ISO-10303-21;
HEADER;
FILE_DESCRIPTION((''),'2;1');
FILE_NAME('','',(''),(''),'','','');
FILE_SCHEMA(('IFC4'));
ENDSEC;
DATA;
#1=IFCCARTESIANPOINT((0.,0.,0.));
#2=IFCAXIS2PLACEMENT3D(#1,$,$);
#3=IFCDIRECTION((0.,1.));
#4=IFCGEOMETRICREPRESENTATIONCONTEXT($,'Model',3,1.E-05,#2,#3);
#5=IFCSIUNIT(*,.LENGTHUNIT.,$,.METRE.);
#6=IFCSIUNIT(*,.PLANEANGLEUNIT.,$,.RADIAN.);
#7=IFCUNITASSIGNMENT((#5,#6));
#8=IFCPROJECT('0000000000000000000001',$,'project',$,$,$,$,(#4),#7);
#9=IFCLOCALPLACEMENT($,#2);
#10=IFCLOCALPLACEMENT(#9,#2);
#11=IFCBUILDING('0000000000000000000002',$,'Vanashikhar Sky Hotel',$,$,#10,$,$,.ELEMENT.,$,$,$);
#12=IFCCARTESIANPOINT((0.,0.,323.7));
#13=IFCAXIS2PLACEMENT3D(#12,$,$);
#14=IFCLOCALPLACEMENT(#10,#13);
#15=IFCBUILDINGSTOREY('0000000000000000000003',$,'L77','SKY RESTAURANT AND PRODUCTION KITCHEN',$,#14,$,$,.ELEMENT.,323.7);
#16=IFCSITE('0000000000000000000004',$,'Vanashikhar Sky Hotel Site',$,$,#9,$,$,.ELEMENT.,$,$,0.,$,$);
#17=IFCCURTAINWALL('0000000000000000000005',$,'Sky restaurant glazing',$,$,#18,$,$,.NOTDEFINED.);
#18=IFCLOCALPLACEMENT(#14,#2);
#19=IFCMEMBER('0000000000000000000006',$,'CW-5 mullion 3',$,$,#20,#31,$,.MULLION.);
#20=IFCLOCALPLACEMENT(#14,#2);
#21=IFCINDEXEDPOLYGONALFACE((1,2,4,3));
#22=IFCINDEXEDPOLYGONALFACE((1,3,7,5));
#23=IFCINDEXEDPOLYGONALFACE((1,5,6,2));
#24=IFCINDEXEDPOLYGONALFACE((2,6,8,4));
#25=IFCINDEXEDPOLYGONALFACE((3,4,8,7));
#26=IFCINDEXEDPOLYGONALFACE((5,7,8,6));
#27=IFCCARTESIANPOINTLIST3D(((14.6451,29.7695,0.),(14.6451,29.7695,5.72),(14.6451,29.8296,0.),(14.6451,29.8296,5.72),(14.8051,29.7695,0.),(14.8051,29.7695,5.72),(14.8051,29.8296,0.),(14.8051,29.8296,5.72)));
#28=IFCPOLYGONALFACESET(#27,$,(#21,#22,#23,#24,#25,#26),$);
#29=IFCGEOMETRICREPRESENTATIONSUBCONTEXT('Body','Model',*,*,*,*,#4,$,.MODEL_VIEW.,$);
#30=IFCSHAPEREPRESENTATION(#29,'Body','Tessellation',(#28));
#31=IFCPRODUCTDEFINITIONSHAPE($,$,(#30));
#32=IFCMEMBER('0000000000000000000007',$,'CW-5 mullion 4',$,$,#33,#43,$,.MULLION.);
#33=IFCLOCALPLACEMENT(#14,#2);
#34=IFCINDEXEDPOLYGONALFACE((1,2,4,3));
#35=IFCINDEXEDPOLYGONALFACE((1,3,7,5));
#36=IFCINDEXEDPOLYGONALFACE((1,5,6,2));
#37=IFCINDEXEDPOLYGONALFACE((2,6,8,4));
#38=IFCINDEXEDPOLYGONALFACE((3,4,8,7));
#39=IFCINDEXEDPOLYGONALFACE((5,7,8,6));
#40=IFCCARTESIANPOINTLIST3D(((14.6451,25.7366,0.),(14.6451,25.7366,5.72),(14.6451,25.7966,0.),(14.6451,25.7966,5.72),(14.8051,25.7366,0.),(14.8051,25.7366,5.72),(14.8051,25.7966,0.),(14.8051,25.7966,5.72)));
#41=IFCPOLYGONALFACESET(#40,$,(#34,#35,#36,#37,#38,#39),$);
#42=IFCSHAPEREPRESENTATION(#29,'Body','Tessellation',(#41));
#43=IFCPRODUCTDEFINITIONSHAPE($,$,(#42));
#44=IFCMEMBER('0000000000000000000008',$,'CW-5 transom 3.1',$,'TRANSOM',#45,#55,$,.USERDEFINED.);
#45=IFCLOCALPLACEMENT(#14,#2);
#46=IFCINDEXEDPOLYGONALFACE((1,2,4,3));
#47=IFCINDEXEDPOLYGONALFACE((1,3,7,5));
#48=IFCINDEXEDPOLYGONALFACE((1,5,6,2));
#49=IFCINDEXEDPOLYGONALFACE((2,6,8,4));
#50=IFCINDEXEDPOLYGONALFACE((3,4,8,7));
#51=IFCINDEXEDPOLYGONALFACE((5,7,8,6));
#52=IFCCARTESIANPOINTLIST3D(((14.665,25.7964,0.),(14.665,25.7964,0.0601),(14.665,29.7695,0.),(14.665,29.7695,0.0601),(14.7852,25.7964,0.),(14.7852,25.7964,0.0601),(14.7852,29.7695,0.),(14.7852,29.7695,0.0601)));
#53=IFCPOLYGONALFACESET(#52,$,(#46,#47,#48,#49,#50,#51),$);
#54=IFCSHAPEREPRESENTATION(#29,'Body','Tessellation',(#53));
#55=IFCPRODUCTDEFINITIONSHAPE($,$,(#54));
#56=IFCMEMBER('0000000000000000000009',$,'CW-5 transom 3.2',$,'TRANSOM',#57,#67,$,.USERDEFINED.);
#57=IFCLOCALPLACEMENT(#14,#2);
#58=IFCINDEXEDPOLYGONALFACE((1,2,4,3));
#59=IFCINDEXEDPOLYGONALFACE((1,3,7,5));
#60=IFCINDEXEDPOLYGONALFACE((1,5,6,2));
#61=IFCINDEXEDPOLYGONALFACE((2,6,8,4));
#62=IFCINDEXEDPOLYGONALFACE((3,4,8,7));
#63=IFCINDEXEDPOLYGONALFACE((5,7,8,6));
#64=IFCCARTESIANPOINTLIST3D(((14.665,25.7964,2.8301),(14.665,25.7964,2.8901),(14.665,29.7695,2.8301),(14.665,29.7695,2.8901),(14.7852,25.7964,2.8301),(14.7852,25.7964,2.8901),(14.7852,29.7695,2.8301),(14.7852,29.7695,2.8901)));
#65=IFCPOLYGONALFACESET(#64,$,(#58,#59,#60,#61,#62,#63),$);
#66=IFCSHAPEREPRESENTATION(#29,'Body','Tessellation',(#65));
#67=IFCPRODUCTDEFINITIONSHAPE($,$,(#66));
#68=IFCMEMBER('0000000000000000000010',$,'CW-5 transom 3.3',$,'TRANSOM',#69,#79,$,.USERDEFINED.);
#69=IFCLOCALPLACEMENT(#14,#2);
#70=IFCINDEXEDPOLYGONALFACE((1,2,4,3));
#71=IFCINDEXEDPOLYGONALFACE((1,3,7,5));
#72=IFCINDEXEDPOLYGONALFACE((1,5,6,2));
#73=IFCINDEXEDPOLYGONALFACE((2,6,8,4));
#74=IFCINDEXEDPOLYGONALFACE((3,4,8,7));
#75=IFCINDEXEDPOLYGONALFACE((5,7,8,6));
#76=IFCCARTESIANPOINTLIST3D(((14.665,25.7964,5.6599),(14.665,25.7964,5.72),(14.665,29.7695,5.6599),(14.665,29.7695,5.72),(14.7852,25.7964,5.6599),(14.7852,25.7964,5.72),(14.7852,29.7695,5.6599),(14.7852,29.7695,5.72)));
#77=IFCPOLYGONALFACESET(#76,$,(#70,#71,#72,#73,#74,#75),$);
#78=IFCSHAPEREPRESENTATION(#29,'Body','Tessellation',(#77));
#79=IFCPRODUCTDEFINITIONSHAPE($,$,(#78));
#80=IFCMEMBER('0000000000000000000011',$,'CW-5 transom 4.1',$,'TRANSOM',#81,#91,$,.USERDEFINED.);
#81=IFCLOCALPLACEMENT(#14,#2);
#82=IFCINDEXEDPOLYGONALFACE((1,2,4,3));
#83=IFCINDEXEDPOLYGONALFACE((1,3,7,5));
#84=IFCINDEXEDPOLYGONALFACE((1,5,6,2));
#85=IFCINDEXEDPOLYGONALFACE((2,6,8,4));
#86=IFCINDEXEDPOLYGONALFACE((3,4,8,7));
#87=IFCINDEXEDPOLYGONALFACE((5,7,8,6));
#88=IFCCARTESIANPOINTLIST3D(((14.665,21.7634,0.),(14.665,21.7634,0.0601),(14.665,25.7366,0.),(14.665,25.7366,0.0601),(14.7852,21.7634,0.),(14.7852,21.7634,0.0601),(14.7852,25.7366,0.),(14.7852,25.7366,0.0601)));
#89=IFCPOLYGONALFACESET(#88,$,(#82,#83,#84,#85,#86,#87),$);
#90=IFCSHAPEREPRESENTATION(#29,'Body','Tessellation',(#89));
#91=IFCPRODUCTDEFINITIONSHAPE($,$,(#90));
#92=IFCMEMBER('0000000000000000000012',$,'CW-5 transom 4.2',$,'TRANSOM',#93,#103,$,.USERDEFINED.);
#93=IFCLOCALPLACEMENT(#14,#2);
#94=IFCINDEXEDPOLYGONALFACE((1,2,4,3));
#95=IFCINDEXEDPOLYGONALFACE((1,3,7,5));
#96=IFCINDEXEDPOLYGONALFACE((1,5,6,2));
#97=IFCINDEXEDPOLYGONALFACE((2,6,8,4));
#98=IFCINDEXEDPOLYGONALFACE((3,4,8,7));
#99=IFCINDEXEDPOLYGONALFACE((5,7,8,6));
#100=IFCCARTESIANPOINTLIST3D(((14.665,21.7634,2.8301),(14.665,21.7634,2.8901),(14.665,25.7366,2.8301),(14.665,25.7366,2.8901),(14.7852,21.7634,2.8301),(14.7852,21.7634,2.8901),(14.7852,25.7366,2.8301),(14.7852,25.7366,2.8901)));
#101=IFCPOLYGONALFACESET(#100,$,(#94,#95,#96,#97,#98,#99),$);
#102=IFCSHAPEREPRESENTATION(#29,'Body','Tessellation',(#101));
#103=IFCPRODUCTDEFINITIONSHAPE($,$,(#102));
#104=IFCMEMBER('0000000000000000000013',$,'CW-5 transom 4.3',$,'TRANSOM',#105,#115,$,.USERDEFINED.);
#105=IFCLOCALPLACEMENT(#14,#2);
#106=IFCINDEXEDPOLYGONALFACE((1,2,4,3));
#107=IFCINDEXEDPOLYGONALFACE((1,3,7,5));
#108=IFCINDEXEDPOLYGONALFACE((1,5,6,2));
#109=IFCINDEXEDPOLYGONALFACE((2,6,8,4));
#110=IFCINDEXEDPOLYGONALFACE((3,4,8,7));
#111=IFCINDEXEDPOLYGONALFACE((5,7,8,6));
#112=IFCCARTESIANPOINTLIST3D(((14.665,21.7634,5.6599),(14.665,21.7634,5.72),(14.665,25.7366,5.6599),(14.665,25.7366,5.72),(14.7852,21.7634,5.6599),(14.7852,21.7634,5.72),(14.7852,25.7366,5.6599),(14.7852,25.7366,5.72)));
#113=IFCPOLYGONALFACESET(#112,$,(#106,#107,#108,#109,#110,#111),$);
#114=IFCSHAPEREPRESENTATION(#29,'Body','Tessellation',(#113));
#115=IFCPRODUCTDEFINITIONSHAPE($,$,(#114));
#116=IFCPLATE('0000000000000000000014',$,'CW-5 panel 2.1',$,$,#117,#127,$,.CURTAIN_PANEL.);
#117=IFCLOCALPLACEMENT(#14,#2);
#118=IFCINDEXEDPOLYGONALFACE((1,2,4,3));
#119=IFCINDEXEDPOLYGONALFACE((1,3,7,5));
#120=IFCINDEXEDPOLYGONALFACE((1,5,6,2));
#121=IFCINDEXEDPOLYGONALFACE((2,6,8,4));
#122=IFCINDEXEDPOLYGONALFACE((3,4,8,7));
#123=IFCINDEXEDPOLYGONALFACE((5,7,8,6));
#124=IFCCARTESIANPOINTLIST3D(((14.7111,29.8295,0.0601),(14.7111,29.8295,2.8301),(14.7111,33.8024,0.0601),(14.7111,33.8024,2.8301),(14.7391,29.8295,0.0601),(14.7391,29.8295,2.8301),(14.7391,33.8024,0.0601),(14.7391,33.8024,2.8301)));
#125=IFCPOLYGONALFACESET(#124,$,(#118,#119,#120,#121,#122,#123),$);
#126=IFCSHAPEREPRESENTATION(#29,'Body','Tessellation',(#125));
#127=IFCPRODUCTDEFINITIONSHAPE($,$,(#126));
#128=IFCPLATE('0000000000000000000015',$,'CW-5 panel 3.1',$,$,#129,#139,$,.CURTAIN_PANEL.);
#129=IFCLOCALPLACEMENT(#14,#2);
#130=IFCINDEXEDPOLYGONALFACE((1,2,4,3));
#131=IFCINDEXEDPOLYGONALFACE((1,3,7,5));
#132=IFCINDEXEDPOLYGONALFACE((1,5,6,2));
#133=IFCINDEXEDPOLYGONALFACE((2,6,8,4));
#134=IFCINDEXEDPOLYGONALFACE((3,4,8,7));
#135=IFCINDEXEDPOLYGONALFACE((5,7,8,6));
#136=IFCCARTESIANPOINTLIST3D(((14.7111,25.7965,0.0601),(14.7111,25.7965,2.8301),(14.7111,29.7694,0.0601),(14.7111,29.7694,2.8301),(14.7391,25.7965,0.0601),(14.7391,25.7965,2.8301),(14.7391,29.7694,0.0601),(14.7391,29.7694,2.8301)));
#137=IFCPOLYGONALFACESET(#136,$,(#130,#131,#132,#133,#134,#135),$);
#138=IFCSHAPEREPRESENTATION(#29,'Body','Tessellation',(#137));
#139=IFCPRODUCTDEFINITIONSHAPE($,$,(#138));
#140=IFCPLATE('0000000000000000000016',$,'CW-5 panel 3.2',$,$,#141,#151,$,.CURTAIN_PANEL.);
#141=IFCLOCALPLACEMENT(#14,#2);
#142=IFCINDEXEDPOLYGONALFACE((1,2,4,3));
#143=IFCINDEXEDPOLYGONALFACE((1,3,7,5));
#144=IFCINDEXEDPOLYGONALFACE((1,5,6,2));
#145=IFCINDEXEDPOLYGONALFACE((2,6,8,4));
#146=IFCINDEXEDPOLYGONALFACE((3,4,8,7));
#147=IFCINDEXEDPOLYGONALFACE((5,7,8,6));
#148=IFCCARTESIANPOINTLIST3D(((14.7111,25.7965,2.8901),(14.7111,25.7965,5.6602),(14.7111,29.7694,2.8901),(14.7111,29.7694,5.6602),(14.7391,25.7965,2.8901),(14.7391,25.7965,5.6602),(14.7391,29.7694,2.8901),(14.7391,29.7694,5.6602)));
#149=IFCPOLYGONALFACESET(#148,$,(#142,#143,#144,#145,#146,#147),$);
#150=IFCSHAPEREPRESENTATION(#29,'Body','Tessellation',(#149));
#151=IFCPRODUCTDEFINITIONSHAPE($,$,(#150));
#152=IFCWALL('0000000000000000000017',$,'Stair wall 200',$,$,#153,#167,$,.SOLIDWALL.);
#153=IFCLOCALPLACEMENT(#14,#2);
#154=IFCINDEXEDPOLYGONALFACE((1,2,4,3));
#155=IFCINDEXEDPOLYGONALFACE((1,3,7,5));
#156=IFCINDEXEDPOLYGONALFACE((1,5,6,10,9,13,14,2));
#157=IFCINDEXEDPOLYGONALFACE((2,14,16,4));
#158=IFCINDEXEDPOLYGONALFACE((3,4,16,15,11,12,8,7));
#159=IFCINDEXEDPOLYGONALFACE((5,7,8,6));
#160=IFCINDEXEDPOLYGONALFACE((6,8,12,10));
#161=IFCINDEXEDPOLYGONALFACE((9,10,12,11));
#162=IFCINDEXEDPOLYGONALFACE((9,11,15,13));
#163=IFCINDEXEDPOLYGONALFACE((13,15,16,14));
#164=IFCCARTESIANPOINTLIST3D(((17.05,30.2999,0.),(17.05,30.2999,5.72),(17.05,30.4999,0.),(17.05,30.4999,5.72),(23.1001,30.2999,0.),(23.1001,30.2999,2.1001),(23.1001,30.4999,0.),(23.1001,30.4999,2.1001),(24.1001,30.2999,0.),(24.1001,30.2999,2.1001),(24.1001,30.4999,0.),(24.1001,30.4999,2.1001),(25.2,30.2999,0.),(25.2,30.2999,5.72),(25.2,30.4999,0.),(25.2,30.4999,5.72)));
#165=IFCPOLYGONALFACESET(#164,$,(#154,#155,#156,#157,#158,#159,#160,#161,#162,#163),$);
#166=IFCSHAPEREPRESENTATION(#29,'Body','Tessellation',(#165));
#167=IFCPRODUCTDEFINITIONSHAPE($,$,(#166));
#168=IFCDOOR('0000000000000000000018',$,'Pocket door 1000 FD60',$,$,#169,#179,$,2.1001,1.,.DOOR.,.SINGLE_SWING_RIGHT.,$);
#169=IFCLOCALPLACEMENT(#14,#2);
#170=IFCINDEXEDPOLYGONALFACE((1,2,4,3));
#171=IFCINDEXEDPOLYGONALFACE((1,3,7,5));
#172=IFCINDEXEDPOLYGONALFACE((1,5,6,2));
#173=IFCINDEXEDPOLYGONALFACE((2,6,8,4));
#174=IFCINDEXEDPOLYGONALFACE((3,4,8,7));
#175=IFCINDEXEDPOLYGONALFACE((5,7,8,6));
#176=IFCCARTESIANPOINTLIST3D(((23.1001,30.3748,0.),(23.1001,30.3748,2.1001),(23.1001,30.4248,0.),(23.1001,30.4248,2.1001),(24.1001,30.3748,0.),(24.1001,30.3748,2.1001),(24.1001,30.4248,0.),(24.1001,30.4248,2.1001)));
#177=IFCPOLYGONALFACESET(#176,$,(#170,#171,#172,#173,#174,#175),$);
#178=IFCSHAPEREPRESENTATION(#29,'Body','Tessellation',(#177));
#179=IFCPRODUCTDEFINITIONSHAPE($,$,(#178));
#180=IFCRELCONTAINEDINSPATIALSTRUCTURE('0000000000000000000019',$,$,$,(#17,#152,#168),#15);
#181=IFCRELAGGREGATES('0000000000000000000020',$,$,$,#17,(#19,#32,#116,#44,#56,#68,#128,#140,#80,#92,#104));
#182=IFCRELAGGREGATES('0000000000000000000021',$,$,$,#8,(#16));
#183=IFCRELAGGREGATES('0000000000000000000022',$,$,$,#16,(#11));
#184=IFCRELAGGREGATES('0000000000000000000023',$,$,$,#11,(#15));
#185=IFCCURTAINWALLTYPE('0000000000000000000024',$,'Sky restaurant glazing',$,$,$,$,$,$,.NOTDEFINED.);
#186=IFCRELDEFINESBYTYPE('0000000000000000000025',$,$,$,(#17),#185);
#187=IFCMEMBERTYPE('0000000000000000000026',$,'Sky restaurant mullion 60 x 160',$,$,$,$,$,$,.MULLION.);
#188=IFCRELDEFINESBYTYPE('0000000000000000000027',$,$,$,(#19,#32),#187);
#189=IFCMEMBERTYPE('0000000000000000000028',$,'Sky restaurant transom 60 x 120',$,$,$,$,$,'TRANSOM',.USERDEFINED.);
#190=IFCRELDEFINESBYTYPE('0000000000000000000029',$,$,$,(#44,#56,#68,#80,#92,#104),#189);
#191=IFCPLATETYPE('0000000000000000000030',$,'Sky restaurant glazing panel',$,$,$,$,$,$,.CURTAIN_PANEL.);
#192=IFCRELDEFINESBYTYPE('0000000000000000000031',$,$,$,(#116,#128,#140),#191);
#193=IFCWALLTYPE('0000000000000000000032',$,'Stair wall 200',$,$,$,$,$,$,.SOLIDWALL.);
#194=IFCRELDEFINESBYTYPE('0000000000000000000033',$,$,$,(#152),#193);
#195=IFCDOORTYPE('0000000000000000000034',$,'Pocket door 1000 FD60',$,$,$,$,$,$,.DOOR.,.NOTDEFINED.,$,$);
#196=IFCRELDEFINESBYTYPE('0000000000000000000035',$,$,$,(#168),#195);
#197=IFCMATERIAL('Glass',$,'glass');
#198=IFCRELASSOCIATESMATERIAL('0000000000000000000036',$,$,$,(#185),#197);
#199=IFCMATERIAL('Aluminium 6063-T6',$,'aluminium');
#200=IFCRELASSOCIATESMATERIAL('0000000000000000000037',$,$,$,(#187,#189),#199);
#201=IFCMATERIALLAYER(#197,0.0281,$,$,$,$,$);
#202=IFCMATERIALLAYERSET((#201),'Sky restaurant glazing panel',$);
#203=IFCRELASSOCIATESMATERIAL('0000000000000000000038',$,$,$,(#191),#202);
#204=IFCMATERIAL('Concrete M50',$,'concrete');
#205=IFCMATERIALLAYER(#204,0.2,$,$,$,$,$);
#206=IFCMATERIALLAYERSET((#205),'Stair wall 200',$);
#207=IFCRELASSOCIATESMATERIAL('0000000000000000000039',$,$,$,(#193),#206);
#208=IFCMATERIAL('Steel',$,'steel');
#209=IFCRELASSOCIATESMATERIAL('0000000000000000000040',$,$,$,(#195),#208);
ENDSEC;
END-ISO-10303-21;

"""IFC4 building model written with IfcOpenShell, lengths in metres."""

from ifc_helpers import new_model, si_unit, direction, frame, frame_2d, origin, origin_2d, place, context, subcontext, project, spatial, rectangle, extrude, source, transform, mapped, material, layer, layer_set, material_profile, profile_set, type_object, element, fill, aggregate, save


model = new_model("IFC4")

# Units and contexts
model_context = context("Model", 3, precision=1e-05, world=origin(), true_north=direction((0.0, 1.0)))
body_context = subcontext(model_context, "Body", "Model", "MODEL_VIEW")
ifc_project = project(units=[si_unit("LENGTHUNIT", "METRE"), si_unit("PLANEANGLEUNIT", "RADIAN")], contexts=[model_context])

# Site, building, storey
site_placement = place(None, origin())
site = spatial("IfcSite", under=ifc_project, at=site_placement, Name="Vanashikhar Sky Hotel Site", CompositionType="ELEMENT", RefElevation=0.0)
building_placement = place(site_placement, origin())
building = spatial("IfcBuilding", under=site, at=building_placement, Name="Vanashikhar Sky Hotel", CompositionType="ELEMENT")
storey_placement = place(building_placement, frame((0.0, 0.0, 323.7)))
storey = spatial("IfcBuildingStorey", under=building, at=storey_placement, Name="L77", Description="SKY RESTAURANT AND PRODUCTION KITCHEN", CompositionType="ELEMENT", Elevation=323.7)

# Curtain wall, members, plates
ifc_material_1 = material(Name="Glass", Category="glass")
curtain_wall_type = type_object("IfcCurtainWallType", Name="Sky restaurant glazing", PredefinedType="NOTDEFINED", material=ifc_material_1)
curtain_wall_placement = place(storey_placement, origin())
curtain_wall = element("IfcCurtainWall", 1, at=curtain_wall_placement, inside=storey, type_object=curtain_wall_type, Name="Sky restaurant glazing", PredefinedType="NOTDEFINED")
ifc_material_2 = material(Name="Aluminium 6063-T6", Category="aluminium")
ifc_material_profile_1 = material_profile(ifc_material_2, rectangle(XDim=0.1599, YDim=0.0601, at=origin_2d()))
ifc_profile_set_1 = profile_set([ifc_material_profile_1], Name="Aluminium 6063-T6")
member_type_1 = type_object("IfcMemberType", Name="Sky restaurant mullion 60 x 160", PredefinedType="MULLION", material=ifc_profile_set_1)
shared_shape_1 = source(origin(), body_context, "Body", "SweptSolid", [
    extrude(rectangle(XDim=0.1599, YDim=0.0601, at=origin_2d()), origin(), (0.0, 0.0, 1.0), 5.72),
])
member_1_placement = place(storey_placement, frame((14.7251, 29.7996, 0.0), z_axis=(0.0, 0.0, 1.0), x_axis=(1.0, 0.0, 0.0)))
member_1 = element("IfcMember", 2, at=member_1_placement, type_object=member_type_1, Name="CW-5 mullion 3", PredefinedType="MULLION", context=body_context, shape_type="MappedRepresentation", body=[
    mapped(shared_shape_1, transform((0.0, 0.0, 0.0), scale=1.0)),
])
member_2_placement = place(storey_placement, frame((14.7251, 25.7666, 0.0), z_axis=(0.0, 0.0, 1.0), x_axis=(1.0, 0.0, 0.0)))
member_2 = element("IfcMember", 3, at=member_2_placement, type_object=member_type_1, Name="CW-5 mullion 4", PredefinedType="MULLION", context=body_context, shape_type="MappedRepresentation", body=[
    mapped(shared_shape_1, transform((0.0, 0.0, 0.0), scale=1.0)),
])
ifc_material_profile_2 = material_profile(ifc_material_2, rectangle(XDim=0.1201, YDim=0.0601, at=origin_2d()))
ifc_profile_set_2 = profile_set([ifc_material_profile_2], Name="Aluminium 6063-T6")
member_type_2 = type_object("IfcMemberType", Name="Sky restaurant transom 60 x 120", ElementType="TRANSOM", PredefinedType="USERDEFINED", material=ifc_profile_set_2)
shared_shape_2 = source(origin(), body_context, "Body", "SweptSolid", [
    extrude(rectangle(XDim=0.1201, YDim=0.0601, at=origin_2d()), origin(), (0.0, 0.0, 1.0), 3.9731),
])
member_3_placement = place(storey_placement, frame((14.7251, 29.7695, 0.03), z_axis=(0.0, -1.0, 0.0), x_axis=(1.0, 0.0, 0.0)))
member_3 = element("IfcMember", 4, at=member_3_placement, type_object=member_type_2, Name="CW-5 transom 3.1", ObjectType="TRANSOM", PredefinedType="USERDEFINED", context=body_context, shape_type="MappedRepresentation", body=[
    mapped(shared_shape_2, transform((0.0, 0.0, 0.0), scale=1.0)),
])
member_4_placement = place(storey_placement, frame((14.7251, 29.7695, 2.8601), z_axis=(0.0, -1.0, 0.0), x_axis=(1.0, 0.0, 0.0)))
member_4 = element("IfcMember", 5, at=member_4_placement, type_object=member_type_2, Name="CW-5 transom 3.2", ObjectType="TRANSOM", PredefinedType="USERDEFINED", context=body_context, shape_type="MappedRepresentation", body=[
    mapped(shared_shape_2, transform((0.0, 0.0, 0.0), scale=1.0)),
])
member_5_placement = place(storey_placement, frame((14.7251, 29.7695, 5.6899), z_axis=(0.0, -1.0, 0.0), x_axis=(1.0, 0.0, 0.0)))
member_5 = element("IfcMember", 6, at=member_5_placement, type_object=member_type_2, Name="CW-5 transom 3.3", ObjectType="TRANSOM", PredefinedType="USERDEFINED", context=body_context, shape_type="MappedRepresentation", body=[
    mapped(shared_shape_2, transform((0.0, 0.0, 0.0), scale=1.0)),
])
member_6_placement = place(storey_placement, frame((14.7251, 25.7366, 0.03), z_axis=(0.0, -1.0, 0.0), x_axis=(1.0, 0.0, 0.0)))
member_6 = element("IfcMember", 7, at=member_6_placement, type_object=member_type_2, Name="CW-5 transom 4.1", ObjectType="TRANSOM", PredefinedType="USERDEFINED", context=body_context, shape_type="MappedRepresentation", body=[
    mapped(shared_shape_2, transform((0.0, 0.0, 0.0), scale=1.0)),
])
member_7_placement = place(storey_placement, frame((14.7251, 25.7366, 2.8601), z_axis=(0.0, -1.0, 0.0), x_axis=(1.0, 0.0, 0.0)))
member_7 = element("IfcMember", 8, at=member_7_placement, type_object=member_type_2, Name="CW-5 transom 4.2", ObjectType="TRANSOM", PredefinedType="USERDEFINED", context=body_context, shape_type="MappedRepresentation", body=[
    mapped(shared_shape_2, transform((0.0, 0.0, 0.0), scale=1.0)),
])
member_8_placement = place(storey_placement, frame((14.7251, 25.7366, 5.6899), z_axis=(0.0, -1.0, 0.0), x_axis=(1.0, 0.0, 0.0)))
member_8 = element("IfcMember", 9, at=member_8_placement, type_object=member_type_2, Name="CW-5 transom 4.3", ObjectType="TRANSOM", PredefinedType="USERDEFINED", context=body_context, shape_type="MappedRepresentation", body=[
    mapped(shared_shape_2, transform((0.0, 0.0, 0.0), scale=1.0)),
])
ifc_layer_1 = layer(ifc_material_1, 0.0281)
ifc_layer_set_1 = layer_set([ifc_layer_1], Name="Sky restaurant glazing panel")
plate_type = type_object("IfcPlateType", Name="Sky restaurant glazing panel", PredefinedType="CURTAIN_PANEL", material=ifc_layer_set_1)
shared_shape_3 = source(origin(), body_context, "Body", "SweptSolid", [
    extrude(rectangle(XDim=3.9729, YDim=0.0281, at=origin_2d()), origin(), (0.0, 0.0, 1.0), 2.77),
])
plate_1_placement = place(storey_placement, frame((14.7251, 31.8159, 0.0601), z_axis=(0.0, 0.0, 1.0), x_axis=(0.0, -1.0, 0.0)))
plate_1 = element("IfcPlate", 10, at=plate_1_placement, type_object=plate_type, Name="CW-5 panel 2.1", PredefinedType="CURTAIN_PANEL", context=body_context, shape_type="MappedRepresentation", body=[
    mapped(shared_shape_3, transform((0.0, 0.0, 0.0), scale=1.0)),
])
plate_2_placement = place(storey_placement, frame((14.7251, 27.783, 0.0601), z_axis=(0.0, 0.0, 1.0), x_axis=(0.0, -1.0, 0.0)))
plate_2 = element("IfcPlate", 11, at=plate_2_placement, type_object=plate_type, Name="CW-5 panel 3.1", PredefinedType="CURTAIN_PANEL", context=body_context, shape_type="MappedRepresentation", body=[
    mapped(shared_shape_3, transform((0.0, 0.0, 0.0), scale=1.0)),
])
plate_3_placement = place(storey_placement, frame((14.7251, 27.783, 2.8901), z_axis=(0.0, 0.0, 1.0), x_axis=(0.0, -1.0, 0.0)))
plate_3 = element("IfcPlate", 12, at=plate_3_placement, type_object=plate_type, Name="CW-5 panel 3.2", PredefinedType="CURTAIN_PANEL", context=body_context, shape_type="MappedRepresentation", body=[
    mapped(shared_shape_3, transform((0.0, 0.0, 0.0), scale=1.0)),
])
aggregate(curtain_wall, [member_1, member_2, plate_1, member_3, member_4, member_5, plate_2, plate_3, member_6, member_7, member_8])

# Wall, opening, door
ifc_material_3 = material(Name="Concrete M50", Category="concrete")
ifc_layer_2 = layer(ifc_material_3, 0.2)
ifc_layer_set_2 = layer_set([ifc_layer_2], Name="Stair wall 200")
wall_type = type_object("IfcWallType", Name="Stair wall 200", PredefinedType="SOLIDWALL", material=ifc_layer_set_2)
shared_shape_4 = source(origin(), body_context, "Body", "SweptSolid", [
    extrude(rectangle(XDim=8.1499, YDim=0.2, at=frame_2d((4.075, 0.0))), origin(), (0.0, 0.0, 1.0), 5.72),
])
wall_placement = place(storey_placement, frame((17.05, 30.3999, 0.0), z_axis=(0.0, 0.0, 1.0), x_axis=(1.0, 0.0, 0.0)))
wall = element("IfcWall", 13, at=wall_placement, inside=storey, type_object=wall_type, Name="Stair wall 200", PredefinedType="SOLIDWALL", context=body_context, shape_type="MappedRepresentation", body=[
    mapped(shared_shape_4, transform((0.0, 0.0, 0.0), scale=1.0)),
])
shared_shape_5 = source(origin(), body_context, "Body", "SweptSolid", [
    extrude(rectangle(XDim=1.0, YDim=2.1001, at=frame_2d((0.5, 1.05))), frame((0.0, 0.1099, 0.0), z_axis=(0.0, -1.0, 0.0), x_axis=(1.0, 0.0, 0.0)), (0.0, 0.0, 1.0), 0.22),
])
opening_placement = place(wall_placement, frame((6.05, 0.0, 0.0)))
opening = element("IfcOpeningElement", 14, at=opening_placement, cuts=wall, PredefinedType="OPENING", context=body_context, shape_type="MappedRepresentation", body=[
    mapped(shared_shape_5, transform((0.0, 0.0, 0.0), scale=1.0)),
])
ifc_material_4 = material(Name="Steel", Category="steel")
door_type = type_object("IfcDoorType", Name="Pocket door 1000 FD60", OperationType="NOTDEFINED", PredefinedType="DOOR", material=ifc_material_4)
shared_shape_6 = source(origin(), body_context, "Body", "SweptSolid", [
    extrude(rectangle(XDim=1.0, YDim=2.1001, at=frame_2d((0.5, 1.05))), frame((0.0, 0.0249, 0.0), z_axis=(0.0, -1.0, 0.0), x_axis=(1.0, 0.0, 0.0)), (0.0, 0.0, 1.0), 0.05),
])
door_placement = place(opening_placement, origin())
door = element("IfcDoor", 15, at=door_placement, inside=storey, type_object=door_type, Name="Pocket door 1000 FD60", OperationType="SINGLE_SWING_RIGHT", OverallHeight=2.1001, OverallWidth=1.0, PredefinedType="DOOR", context=body_context, shape_type="MappedRepresentation", body=[
    mapped(shared_shape_6, transform((0.0, 0.0, 0.0), scale=1.0)),
])
fill(opening, door)

save(model, "model.ifc")
